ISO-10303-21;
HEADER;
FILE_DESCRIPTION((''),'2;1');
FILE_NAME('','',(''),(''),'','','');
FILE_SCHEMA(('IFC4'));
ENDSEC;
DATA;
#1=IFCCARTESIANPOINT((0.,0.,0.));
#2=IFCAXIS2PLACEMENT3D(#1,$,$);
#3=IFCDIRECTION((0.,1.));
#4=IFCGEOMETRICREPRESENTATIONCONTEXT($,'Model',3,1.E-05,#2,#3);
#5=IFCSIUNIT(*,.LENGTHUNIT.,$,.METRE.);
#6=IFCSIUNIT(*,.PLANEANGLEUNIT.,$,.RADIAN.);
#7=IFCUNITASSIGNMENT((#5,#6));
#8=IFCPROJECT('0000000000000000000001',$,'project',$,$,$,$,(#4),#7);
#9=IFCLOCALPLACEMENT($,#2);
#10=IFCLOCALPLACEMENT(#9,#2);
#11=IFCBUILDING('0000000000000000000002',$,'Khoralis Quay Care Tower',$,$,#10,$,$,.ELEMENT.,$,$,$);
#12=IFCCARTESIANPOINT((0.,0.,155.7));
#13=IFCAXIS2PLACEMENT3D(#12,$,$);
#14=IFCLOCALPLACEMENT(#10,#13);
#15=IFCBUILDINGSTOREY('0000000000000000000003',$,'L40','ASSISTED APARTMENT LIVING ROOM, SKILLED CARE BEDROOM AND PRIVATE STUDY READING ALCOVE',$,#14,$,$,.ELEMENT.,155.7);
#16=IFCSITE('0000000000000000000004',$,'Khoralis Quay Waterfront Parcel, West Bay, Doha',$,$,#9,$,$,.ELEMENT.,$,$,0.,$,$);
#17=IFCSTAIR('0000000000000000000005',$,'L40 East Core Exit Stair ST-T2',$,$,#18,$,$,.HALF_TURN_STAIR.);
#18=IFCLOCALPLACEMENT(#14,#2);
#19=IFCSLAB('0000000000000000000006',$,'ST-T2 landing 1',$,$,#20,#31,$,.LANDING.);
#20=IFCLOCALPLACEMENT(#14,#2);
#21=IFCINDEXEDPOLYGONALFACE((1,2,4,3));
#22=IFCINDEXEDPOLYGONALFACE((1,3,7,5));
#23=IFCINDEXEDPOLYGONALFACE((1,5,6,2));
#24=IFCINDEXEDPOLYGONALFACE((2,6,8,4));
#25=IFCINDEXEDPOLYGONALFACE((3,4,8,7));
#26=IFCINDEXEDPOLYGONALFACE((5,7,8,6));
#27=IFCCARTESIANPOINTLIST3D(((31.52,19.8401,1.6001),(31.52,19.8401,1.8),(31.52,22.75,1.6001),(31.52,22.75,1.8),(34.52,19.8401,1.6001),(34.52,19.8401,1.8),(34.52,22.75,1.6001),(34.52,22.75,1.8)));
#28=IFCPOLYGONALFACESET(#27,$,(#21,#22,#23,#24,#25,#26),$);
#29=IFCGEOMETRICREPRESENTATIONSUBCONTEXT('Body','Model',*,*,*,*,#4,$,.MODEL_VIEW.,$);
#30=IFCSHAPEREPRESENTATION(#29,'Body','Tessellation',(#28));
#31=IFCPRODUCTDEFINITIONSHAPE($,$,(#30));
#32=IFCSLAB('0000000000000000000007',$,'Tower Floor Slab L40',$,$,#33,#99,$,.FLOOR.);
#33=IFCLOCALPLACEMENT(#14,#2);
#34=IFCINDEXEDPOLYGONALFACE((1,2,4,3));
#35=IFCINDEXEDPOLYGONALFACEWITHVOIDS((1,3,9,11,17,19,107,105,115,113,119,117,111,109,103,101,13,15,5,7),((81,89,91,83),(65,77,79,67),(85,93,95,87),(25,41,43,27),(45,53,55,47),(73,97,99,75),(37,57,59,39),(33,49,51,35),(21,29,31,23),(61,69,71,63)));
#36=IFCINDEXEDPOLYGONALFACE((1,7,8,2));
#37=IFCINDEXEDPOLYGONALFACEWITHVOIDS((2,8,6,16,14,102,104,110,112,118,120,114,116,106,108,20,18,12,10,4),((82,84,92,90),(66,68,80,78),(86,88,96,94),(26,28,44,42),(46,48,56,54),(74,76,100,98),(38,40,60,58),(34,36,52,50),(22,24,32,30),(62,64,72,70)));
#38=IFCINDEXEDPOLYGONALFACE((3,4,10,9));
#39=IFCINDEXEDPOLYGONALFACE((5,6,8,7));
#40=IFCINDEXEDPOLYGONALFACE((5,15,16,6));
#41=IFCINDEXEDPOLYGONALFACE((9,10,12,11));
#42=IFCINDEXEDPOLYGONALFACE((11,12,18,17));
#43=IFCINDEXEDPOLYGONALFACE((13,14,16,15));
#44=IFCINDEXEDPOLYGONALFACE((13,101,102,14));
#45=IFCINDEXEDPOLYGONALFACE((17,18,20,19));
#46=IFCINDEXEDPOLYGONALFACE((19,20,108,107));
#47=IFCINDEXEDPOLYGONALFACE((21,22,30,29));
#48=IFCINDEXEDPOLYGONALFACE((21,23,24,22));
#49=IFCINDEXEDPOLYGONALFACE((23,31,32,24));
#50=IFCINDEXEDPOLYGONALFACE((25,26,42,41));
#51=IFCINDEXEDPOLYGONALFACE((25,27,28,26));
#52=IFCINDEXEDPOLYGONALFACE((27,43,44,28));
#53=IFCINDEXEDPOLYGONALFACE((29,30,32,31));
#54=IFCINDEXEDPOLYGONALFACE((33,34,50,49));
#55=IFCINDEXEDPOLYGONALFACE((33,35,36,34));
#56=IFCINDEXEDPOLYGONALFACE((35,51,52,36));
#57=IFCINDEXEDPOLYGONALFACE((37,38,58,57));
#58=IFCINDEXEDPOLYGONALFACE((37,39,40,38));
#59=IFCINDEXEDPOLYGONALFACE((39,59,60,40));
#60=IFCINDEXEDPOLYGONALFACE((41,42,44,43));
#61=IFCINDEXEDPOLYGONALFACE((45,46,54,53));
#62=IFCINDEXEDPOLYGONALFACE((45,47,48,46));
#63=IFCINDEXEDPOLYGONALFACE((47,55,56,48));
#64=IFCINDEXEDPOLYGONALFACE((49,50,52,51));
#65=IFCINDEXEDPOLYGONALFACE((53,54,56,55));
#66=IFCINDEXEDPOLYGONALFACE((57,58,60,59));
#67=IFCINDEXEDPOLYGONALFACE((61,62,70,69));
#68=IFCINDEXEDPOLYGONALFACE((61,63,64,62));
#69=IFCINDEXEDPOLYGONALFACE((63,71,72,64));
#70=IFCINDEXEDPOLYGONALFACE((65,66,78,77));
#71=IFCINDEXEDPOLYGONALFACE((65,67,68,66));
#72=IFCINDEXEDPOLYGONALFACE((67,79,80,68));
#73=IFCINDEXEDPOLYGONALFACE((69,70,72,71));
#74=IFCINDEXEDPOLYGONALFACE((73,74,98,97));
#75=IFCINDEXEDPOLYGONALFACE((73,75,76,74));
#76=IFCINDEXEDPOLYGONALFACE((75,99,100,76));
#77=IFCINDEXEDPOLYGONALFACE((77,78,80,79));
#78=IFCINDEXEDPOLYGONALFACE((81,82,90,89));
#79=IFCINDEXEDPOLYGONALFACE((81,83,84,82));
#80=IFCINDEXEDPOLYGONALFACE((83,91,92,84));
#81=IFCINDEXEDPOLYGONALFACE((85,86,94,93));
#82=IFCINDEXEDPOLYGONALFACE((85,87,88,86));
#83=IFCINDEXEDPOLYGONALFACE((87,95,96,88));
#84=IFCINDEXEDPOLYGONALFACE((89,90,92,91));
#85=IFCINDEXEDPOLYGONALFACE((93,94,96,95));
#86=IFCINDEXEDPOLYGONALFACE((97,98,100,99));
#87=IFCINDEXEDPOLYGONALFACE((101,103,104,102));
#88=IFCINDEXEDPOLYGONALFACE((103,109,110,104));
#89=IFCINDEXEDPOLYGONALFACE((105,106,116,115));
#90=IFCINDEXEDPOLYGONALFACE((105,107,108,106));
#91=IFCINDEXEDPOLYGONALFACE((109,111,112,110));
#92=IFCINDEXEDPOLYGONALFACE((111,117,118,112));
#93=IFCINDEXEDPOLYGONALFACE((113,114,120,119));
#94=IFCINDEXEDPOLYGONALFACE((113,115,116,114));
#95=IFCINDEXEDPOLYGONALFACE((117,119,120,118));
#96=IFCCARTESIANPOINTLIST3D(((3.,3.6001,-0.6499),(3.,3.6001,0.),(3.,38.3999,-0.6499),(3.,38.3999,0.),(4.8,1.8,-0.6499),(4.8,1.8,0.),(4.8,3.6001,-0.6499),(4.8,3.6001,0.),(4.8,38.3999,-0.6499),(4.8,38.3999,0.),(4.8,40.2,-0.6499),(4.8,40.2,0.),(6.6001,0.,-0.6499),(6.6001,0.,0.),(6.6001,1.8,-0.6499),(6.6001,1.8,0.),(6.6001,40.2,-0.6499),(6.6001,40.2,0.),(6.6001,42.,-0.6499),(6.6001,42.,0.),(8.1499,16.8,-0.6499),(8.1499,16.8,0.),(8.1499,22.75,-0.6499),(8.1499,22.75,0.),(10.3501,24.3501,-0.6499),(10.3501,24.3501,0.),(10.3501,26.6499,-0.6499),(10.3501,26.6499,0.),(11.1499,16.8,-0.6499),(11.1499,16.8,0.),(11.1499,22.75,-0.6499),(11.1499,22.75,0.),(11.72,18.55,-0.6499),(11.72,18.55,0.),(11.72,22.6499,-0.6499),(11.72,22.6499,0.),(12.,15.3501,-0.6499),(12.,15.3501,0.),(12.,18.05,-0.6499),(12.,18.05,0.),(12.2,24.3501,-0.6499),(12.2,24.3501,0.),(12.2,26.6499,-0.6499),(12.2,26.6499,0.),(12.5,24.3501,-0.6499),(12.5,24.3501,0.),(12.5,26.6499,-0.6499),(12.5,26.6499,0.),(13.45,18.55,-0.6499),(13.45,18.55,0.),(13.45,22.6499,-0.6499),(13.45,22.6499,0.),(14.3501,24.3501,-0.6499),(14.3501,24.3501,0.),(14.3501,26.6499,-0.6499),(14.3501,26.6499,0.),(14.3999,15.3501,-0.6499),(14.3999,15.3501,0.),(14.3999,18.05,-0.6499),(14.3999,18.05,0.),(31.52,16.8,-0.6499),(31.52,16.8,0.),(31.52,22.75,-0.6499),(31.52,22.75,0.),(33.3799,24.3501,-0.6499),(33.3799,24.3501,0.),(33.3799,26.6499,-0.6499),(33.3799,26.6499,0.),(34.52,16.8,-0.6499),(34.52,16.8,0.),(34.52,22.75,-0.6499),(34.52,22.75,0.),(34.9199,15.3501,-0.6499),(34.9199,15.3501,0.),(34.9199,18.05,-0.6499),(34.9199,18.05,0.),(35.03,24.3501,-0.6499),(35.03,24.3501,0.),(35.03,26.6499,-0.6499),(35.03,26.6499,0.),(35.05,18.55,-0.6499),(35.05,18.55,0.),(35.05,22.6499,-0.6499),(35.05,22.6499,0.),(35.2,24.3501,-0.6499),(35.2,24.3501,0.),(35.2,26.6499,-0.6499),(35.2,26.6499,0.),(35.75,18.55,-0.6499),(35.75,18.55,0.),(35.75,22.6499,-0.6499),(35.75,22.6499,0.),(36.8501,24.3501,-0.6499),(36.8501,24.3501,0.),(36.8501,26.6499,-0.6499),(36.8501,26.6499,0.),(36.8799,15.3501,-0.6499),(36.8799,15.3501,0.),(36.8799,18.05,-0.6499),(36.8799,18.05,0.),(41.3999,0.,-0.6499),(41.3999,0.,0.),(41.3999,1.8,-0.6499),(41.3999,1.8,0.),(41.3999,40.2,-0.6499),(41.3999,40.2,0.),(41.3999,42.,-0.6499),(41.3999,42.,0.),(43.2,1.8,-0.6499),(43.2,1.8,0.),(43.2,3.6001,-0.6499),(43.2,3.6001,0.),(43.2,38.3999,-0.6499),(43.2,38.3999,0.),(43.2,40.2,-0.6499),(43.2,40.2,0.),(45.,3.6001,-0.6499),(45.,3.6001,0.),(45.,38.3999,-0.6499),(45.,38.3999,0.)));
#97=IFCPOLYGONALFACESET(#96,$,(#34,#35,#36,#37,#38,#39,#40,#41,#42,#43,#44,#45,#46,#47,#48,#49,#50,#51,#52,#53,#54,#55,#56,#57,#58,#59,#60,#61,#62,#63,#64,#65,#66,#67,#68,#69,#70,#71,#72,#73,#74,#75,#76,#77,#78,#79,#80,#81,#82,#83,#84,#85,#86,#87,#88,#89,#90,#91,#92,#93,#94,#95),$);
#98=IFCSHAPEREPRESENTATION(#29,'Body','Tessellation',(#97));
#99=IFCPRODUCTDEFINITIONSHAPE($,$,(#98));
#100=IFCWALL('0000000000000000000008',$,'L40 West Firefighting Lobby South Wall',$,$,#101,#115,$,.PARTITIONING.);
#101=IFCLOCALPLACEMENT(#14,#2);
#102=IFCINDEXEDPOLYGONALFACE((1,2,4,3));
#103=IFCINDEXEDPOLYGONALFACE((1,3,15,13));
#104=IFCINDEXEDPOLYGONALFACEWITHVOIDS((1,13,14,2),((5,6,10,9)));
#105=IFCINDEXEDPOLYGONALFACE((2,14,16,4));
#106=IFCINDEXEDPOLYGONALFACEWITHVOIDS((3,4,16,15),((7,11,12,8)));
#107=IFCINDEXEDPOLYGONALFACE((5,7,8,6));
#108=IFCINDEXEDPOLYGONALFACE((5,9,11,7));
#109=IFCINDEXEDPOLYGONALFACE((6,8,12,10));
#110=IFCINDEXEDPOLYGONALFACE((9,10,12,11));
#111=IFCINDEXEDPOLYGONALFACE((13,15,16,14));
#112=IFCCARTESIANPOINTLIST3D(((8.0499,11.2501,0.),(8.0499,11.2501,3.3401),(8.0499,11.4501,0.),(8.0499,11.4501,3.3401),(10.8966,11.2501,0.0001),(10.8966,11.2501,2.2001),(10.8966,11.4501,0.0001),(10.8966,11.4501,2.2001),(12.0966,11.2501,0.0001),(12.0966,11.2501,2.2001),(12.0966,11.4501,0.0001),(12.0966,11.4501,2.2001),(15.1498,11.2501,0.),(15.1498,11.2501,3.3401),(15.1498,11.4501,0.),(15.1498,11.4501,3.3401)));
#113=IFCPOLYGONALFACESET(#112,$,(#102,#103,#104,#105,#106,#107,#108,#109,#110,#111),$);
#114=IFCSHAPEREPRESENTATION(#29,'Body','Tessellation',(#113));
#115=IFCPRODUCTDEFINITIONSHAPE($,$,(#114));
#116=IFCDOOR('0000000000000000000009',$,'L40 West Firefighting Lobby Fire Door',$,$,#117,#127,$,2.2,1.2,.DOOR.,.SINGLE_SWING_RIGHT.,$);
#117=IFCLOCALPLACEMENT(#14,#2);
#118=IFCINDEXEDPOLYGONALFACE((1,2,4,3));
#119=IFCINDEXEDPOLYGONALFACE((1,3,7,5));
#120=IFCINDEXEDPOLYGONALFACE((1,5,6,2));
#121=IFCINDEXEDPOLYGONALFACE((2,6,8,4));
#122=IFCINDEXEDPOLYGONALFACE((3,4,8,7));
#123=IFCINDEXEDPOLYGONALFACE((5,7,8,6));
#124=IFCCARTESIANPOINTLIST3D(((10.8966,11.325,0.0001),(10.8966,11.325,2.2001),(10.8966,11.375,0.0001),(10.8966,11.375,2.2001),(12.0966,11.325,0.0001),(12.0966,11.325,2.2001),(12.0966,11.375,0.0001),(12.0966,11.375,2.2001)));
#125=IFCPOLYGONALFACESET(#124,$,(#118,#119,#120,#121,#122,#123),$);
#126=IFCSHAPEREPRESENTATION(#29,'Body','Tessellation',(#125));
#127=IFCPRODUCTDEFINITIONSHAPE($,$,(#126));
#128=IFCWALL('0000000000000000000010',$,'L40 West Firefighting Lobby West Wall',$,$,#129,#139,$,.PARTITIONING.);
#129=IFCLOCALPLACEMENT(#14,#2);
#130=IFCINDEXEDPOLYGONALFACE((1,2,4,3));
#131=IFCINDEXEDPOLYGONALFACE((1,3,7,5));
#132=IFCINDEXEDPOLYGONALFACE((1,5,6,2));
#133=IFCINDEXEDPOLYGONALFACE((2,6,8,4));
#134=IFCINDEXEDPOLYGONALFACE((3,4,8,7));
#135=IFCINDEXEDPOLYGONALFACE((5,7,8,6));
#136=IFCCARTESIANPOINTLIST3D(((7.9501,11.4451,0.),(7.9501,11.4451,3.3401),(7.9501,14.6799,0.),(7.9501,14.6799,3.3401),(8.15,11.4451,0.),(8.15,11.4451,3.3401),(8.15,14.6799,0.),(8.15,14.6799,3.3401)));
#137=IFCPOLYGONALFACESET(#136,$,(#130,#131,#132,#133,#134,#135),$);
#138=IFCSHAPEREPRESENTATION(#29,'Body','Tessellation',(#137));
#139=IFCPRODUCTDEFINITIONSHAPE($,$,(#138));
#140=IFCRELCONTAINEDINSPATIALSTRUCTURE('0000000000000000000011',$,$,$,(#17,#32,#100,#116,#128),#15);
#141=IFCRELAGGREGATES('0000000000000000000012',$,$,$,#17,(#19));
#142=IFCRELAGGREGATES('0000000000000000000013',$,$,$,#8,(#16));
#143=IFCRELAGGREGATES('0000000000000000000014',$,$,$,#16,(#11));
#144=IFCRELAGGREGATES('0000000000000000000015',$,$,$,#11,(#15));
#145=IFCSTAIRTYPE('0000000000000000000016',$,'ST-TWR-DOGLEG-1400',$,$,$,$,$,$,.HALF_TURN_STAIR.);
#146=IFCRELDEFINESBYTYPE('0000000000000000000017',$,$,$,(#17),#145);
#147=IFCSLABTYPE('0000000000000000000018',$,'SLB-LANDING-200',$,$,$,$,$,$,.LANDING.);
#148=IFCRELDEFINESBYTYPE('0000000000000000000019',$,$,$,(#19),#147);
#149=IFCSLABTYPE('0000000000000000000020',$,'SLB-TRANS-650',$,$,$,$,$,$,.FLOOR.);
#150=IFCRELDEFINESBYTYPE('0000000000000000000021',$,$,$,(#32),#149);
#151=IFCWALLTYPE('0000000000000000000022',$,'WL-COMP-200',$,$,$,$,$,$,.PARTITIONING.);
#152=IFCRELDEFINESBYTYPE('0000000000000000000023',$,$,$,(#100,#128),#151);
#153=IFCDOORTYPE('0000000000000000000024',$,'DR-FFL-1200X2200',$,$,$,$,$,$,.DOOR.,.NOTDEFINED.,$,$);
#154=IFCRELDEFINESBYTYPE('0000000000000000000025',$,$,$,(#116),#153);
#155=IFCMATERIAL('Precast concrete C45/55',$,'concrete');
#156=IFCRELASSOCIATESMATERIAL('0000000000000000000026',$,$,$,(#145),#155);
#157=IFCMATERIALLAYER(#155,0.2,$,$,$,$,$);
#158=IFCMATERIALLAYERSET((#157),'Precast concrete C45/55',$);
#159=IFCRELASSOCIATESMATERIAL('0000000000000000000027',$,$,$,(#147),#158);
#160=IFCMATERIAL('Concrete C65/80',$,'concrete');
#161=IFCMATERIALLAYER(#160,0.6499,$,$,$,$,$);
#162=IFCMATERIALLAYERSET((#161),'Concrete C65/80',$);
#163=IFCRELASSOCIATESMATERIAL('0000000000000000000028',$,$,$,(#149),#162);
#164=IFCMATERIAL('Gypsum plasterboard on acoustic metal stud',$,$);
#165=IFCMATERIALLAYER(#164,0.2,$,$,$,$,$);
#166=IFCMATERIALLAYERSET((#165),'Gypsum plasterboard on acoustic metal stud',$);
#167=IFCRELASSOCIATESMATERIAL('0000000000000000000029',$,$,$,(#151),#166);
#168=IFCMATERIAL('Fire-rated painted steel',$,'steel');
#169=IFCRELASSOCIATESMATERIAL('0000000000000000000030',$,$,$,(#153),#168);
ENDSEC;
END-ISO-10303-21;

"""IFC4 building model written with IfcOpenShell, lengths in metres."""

from ifc_helpers import new_model, si_unit, direction, frame, frame_2d, origin, place, context, subcontext, project, spatial, polyline, rectangle, outline, extrude, source, transform, mapped, material, layer, layer_set, type_object, element, fill, aggregate, save


model = new_model("IFC4")

# Units and contexts
model_context = context("Model", 3, precision=1e-05, world=origin(), true_north=direction((0.0, 1.0)))
body_context = subcontext(model_context, "Body", "Model", "MODEL_VIEW")
ifc_project = project(units=[si_unit("LENGTHUNIT", "METRE"), si_unit("PLANEANGLEUNIT", "RADIAN")], contexts=[model_context])

# Site, building, storey
site_placement = place(None, origin())
site = spatial("IfcSite", under=ifc_project, at=site_placement, Name="Khoralis Quay Waterfront Parcel, West Bay, Doha", CompositionType="ELEMENT", RefElevation=0.0)
building_placement = place(site_placement, origin())
building = spatial("IfcBuilding", under=site, at=building_placement, Name="Khoralis Quay Care Tower", CompositionType="ELEMENT")
storey_placement = place(building_placement, frame((0.0, 0.0, 155.7)))
storey = spatial("IfcBuildingStorey", under=building, at=storey_placement, Name="L40", Description="ASSISTED APARTMENT LIVING ROOM, SKILLED CARE BEDROOM AND PRIVATE STUDY READING ALCOVE", CompositionType="ELEMENT", Elevation=155.7)

# Shared definitions
ifc_material_1 = material(Name="Concrete C65/80", Category="concrete")

# Stair, slab
ifc_material_2 = material(Name="Precast concrete C45/55", Category="concrete")
stair_type = type_object("IfcStairType", Name="ST-TWR-DOGLEG-1400", PredefinedType="HALF_TURN_STAIR", material=ifc_material_2)
ifc_layer_1 = layer(ifc_material_2, 0.2)
ifc_layer_set_1 = layer_set([ifc_layer_1], Name="Precast concrete C45/55")
slab_type_1 = type_object("IfcSlabType", Name="SLB-LANDING-200", PredefinedType="LANDING", material=ifc_layer_set_1)
stair_1_placement = place(storey_placement, origin())
stair_1 = element("IfcStair", 1, at=stair_1_placement, inside=storey, type_object=stair_type, Name="L40 East Core Exit Stair ST-T2", PredefinedType="HALF_TURN_STAIR")
slab_1_placement = place(storey_placement, frame((0.0, 0.0, 1.6001)))
slab_1 = element("IfcSlab", 2, at=slab_1_placement, type_object=slab_type_1, Name="ST-T2 landing 1", PredefinedType="LANDING", context=body_context, shape_type="SweptSolid", body=[
    extrude(outline(polyline([(34.52, 19.8401), (34.52, 22.75), (31.52, 22.75), (31.52, 19.8401), (34.52, 19.8401)])), origin(), (0.0, 0.0, 1.0), 0.2),
])
aggregate(stair_1, [slab_1])

# Slab
ifc_layer_2 = layer(ifc_material_1, 0.6499)
ifc_layer_set_2 = layer_set([ifc_layer_2], Name="Concrete C65/80")
slab_type_2 = type_object("IfcSlabType", Name="SLB-TRANS-650", PredefinedType="FLOOR", material=ifc_layer_set_2)
slab_2_placement = place(storey_placement, frame((0.0, 0.0, -0.6499)))
element("IfcSlab", 3, at=slab_2_placement, inside=storey, type_object=slab_type_2, Name="Tower Floor Slab L40", PredefinedType="FLOOR", context=body_context, shape_type="SweptSolid", body=[
    extrude(outline(polyline([(6.6001, 0.0), (41.3999, 0.0), (41.3999, 1.8), (43.2, 1.8), (43.2, 3.6001), (45.0, 3.6001), (45.0, 38.3999), (43.2, 38.3999), (43.2, 40.2), (41.3999, 40.2), (41.3999, 42.0), (6.6001, 42.0), (6.6001, 40.2), (4.8, 40.2), (4.8, 38.3999), (3.0, 38.3999), (3.0, 3.6001), (4.8, 3.6001), (4.8, 1.8), (6.6001, 1.8), (6.6001, 0.0)]), holes=[polyline([(11.1499, 16.8), (11.1499, 22.75), (8.1499, 22.75), (8.1499, 16.8), (11.1499, 16.8)]), polyline([(34.52, 16.8), (34.52, 22.75), (31.52, 22.75), (31.52, 16.8), (34.52, 16.8)]), polyline([(12.0, 15.3501), (14.3999, 15.3501), (14.3999, 18.05), (12.0, 18.05), (12.0, 15.3501)]), polyline([(34.9199, 15.3501), (36.8799, 15.3501), (36.8799, 18.05), (34.9199, 18.05), (34.9199, 15.3501)]), polyline([(10.3501, 24.3501), (12.2, 24.3501), (12.2, 26.6499), (10.3501, 26.6499), (10.3501, 24.3501)]), polyline([(33.3799, 24.3501), (35.03, 24.3501), (35.03, 26.6499), (33.3799, 26.6499), (33.3799, 24.3501)]), polyline([(12.5, 24.3501), (14.3501, 24.3501), (14.3501, 26.6499), (12.5, 26.6499), (12.5, 24.3501)]), polyline([(35.2, 24.3501), (36.8501, 24.3501), (36.8501, 26.6499), (35.2, 26.6499), (35.2, 24.3501)]), polyline([(11.72, 18.55), (13.45, 18.55), (13.45, 22.6499), (11.72, 22.6499), (11.72, 18.55)]), polyline([(35.05, 18.55), (35.75, 18.55), (35.75, 22.6499), (35.05, 22.6499), (35.05, 18.55)])]), origin(), (0.0, 0.0, 1.0), 0.6499),
])

# Wall, opening, door
ifc_material_3 = material(Name="Gypsum plasterboard on acoustic metal stud")
ifc_layer_3 = layer(ifc_material_3, 0.2)
ifc_layer_set_3 = layer_set([ifc_layer_3], Name="Gypsum plasterboard on acoustic metal stud")
wall_type_1 = type_object("IfcWallType", Name="WL-COMP-200", PredefinedType="PARTITIONING", material=ifc_layer_set_3)
wall_1_placement = place(storey_placement, frame((8.05, 11.3501, 0.0), z_axis=(0.0, 0.0, 1.0), x_axis=(1.0, 0.0, 0.0)))
wall_1 = element("IfcWall", 4, at=wall_1_placement, inside=storey, type_object=wall_type_1, Name="L40 West Firefighting Lobby South Wall", PredefinedType="PARTITIONING", context=body_context, shape_type="SweptSolid", body=[
    extrude(rectangle(XDim=7.0999, YDim=0.2, at=frame_2d((3.5498, 0.0))), origin(), (0.0, 0.0, 1.0), 3.3401),
])
opening_1_placement = place(wall_1_placement, frame((2.8464, 0.0, 0.0)))
opening_1 = element("IfcOpeningElement", 5, at=opening_1_placement, cuts=wall_1, PredefinedType="OPENING", context=body_context, shape_type="SweptSolid", body=[
    extrude(rectangle(XDim=1.2, YDim=2.2, at=frame_2d((0.6001, 1.1001))), frame((0.0, 0.1099, 0.0), z_axis=(0.0, -1.0, 0.0), x_axis=(1.0, 0.0, 0.0)), (0.0, 0.0, 1.0), 0.22),
])
ifc_material_4 = material(Name="Fire-rated painted steel", Category="steel")
door_type_1 = type_object("IfcDoorType", Name="DR-FFL-1200X2200", OperationType="NOTDEFINED", PredefinedType="DOOR", material=ifc_material_4)
shared_shape_1 = source(origin(), body_context, "Body", "SweptSolid", [
    extrude(rectangle(XDim=1.2, YDim=2.2, at=frame_2d((0.6001, 1.1001))), frame((0.0, 0.0249, 0.0), z_axis=(0.0, -1.0, 0.0), x_axis=(1.0, 0.0, 0.0)), (0.0, 0.0, 1.0), 0.05),
])
door_1_placement = place(opening_1_placement, origin())
door_1 = element("IfcDoor", 6, at=door_1_placement, inside=storey, type_object=door_type_1, Name="L40 West Firefighting Lobby Fire Door", OperationType="SINGLE_SWING_RIGHT", OverallHeight=2.2, OverallWidth=1.2, PredefinedType="DOOR", context=body_context, shape_type="MappedRepresentation", body=[
    mapped(shared_shape_1, transform((0.0, 0.0, 0.0), scale=1.0)),
])
fill(opening_1, door_1)

# Wall
wall_2_placement = place(storey_placement, frame((8.05, 11.4451, 0.0), z_axis=(0.0, 0.0, 1.0), x_axis=(0.0, 1.0, 0.0)))
element("IfcWall", 7, at=wall_2_placement, inside=storey, type_object=wall_type_1, Name="L40 West Firefighting Lobby West Wall", PredefinedType="PARTITIONING", context=body_context, shape_type="SweptSolid", body=[
    extrude(rectangle(XDim=3.2349, YDim=0.2, at=frame_2d((1.6174, 0.0))), origin(), (0.0, 0.0, 1.0), 3.3401),
])

save(model, "model.ifc")
